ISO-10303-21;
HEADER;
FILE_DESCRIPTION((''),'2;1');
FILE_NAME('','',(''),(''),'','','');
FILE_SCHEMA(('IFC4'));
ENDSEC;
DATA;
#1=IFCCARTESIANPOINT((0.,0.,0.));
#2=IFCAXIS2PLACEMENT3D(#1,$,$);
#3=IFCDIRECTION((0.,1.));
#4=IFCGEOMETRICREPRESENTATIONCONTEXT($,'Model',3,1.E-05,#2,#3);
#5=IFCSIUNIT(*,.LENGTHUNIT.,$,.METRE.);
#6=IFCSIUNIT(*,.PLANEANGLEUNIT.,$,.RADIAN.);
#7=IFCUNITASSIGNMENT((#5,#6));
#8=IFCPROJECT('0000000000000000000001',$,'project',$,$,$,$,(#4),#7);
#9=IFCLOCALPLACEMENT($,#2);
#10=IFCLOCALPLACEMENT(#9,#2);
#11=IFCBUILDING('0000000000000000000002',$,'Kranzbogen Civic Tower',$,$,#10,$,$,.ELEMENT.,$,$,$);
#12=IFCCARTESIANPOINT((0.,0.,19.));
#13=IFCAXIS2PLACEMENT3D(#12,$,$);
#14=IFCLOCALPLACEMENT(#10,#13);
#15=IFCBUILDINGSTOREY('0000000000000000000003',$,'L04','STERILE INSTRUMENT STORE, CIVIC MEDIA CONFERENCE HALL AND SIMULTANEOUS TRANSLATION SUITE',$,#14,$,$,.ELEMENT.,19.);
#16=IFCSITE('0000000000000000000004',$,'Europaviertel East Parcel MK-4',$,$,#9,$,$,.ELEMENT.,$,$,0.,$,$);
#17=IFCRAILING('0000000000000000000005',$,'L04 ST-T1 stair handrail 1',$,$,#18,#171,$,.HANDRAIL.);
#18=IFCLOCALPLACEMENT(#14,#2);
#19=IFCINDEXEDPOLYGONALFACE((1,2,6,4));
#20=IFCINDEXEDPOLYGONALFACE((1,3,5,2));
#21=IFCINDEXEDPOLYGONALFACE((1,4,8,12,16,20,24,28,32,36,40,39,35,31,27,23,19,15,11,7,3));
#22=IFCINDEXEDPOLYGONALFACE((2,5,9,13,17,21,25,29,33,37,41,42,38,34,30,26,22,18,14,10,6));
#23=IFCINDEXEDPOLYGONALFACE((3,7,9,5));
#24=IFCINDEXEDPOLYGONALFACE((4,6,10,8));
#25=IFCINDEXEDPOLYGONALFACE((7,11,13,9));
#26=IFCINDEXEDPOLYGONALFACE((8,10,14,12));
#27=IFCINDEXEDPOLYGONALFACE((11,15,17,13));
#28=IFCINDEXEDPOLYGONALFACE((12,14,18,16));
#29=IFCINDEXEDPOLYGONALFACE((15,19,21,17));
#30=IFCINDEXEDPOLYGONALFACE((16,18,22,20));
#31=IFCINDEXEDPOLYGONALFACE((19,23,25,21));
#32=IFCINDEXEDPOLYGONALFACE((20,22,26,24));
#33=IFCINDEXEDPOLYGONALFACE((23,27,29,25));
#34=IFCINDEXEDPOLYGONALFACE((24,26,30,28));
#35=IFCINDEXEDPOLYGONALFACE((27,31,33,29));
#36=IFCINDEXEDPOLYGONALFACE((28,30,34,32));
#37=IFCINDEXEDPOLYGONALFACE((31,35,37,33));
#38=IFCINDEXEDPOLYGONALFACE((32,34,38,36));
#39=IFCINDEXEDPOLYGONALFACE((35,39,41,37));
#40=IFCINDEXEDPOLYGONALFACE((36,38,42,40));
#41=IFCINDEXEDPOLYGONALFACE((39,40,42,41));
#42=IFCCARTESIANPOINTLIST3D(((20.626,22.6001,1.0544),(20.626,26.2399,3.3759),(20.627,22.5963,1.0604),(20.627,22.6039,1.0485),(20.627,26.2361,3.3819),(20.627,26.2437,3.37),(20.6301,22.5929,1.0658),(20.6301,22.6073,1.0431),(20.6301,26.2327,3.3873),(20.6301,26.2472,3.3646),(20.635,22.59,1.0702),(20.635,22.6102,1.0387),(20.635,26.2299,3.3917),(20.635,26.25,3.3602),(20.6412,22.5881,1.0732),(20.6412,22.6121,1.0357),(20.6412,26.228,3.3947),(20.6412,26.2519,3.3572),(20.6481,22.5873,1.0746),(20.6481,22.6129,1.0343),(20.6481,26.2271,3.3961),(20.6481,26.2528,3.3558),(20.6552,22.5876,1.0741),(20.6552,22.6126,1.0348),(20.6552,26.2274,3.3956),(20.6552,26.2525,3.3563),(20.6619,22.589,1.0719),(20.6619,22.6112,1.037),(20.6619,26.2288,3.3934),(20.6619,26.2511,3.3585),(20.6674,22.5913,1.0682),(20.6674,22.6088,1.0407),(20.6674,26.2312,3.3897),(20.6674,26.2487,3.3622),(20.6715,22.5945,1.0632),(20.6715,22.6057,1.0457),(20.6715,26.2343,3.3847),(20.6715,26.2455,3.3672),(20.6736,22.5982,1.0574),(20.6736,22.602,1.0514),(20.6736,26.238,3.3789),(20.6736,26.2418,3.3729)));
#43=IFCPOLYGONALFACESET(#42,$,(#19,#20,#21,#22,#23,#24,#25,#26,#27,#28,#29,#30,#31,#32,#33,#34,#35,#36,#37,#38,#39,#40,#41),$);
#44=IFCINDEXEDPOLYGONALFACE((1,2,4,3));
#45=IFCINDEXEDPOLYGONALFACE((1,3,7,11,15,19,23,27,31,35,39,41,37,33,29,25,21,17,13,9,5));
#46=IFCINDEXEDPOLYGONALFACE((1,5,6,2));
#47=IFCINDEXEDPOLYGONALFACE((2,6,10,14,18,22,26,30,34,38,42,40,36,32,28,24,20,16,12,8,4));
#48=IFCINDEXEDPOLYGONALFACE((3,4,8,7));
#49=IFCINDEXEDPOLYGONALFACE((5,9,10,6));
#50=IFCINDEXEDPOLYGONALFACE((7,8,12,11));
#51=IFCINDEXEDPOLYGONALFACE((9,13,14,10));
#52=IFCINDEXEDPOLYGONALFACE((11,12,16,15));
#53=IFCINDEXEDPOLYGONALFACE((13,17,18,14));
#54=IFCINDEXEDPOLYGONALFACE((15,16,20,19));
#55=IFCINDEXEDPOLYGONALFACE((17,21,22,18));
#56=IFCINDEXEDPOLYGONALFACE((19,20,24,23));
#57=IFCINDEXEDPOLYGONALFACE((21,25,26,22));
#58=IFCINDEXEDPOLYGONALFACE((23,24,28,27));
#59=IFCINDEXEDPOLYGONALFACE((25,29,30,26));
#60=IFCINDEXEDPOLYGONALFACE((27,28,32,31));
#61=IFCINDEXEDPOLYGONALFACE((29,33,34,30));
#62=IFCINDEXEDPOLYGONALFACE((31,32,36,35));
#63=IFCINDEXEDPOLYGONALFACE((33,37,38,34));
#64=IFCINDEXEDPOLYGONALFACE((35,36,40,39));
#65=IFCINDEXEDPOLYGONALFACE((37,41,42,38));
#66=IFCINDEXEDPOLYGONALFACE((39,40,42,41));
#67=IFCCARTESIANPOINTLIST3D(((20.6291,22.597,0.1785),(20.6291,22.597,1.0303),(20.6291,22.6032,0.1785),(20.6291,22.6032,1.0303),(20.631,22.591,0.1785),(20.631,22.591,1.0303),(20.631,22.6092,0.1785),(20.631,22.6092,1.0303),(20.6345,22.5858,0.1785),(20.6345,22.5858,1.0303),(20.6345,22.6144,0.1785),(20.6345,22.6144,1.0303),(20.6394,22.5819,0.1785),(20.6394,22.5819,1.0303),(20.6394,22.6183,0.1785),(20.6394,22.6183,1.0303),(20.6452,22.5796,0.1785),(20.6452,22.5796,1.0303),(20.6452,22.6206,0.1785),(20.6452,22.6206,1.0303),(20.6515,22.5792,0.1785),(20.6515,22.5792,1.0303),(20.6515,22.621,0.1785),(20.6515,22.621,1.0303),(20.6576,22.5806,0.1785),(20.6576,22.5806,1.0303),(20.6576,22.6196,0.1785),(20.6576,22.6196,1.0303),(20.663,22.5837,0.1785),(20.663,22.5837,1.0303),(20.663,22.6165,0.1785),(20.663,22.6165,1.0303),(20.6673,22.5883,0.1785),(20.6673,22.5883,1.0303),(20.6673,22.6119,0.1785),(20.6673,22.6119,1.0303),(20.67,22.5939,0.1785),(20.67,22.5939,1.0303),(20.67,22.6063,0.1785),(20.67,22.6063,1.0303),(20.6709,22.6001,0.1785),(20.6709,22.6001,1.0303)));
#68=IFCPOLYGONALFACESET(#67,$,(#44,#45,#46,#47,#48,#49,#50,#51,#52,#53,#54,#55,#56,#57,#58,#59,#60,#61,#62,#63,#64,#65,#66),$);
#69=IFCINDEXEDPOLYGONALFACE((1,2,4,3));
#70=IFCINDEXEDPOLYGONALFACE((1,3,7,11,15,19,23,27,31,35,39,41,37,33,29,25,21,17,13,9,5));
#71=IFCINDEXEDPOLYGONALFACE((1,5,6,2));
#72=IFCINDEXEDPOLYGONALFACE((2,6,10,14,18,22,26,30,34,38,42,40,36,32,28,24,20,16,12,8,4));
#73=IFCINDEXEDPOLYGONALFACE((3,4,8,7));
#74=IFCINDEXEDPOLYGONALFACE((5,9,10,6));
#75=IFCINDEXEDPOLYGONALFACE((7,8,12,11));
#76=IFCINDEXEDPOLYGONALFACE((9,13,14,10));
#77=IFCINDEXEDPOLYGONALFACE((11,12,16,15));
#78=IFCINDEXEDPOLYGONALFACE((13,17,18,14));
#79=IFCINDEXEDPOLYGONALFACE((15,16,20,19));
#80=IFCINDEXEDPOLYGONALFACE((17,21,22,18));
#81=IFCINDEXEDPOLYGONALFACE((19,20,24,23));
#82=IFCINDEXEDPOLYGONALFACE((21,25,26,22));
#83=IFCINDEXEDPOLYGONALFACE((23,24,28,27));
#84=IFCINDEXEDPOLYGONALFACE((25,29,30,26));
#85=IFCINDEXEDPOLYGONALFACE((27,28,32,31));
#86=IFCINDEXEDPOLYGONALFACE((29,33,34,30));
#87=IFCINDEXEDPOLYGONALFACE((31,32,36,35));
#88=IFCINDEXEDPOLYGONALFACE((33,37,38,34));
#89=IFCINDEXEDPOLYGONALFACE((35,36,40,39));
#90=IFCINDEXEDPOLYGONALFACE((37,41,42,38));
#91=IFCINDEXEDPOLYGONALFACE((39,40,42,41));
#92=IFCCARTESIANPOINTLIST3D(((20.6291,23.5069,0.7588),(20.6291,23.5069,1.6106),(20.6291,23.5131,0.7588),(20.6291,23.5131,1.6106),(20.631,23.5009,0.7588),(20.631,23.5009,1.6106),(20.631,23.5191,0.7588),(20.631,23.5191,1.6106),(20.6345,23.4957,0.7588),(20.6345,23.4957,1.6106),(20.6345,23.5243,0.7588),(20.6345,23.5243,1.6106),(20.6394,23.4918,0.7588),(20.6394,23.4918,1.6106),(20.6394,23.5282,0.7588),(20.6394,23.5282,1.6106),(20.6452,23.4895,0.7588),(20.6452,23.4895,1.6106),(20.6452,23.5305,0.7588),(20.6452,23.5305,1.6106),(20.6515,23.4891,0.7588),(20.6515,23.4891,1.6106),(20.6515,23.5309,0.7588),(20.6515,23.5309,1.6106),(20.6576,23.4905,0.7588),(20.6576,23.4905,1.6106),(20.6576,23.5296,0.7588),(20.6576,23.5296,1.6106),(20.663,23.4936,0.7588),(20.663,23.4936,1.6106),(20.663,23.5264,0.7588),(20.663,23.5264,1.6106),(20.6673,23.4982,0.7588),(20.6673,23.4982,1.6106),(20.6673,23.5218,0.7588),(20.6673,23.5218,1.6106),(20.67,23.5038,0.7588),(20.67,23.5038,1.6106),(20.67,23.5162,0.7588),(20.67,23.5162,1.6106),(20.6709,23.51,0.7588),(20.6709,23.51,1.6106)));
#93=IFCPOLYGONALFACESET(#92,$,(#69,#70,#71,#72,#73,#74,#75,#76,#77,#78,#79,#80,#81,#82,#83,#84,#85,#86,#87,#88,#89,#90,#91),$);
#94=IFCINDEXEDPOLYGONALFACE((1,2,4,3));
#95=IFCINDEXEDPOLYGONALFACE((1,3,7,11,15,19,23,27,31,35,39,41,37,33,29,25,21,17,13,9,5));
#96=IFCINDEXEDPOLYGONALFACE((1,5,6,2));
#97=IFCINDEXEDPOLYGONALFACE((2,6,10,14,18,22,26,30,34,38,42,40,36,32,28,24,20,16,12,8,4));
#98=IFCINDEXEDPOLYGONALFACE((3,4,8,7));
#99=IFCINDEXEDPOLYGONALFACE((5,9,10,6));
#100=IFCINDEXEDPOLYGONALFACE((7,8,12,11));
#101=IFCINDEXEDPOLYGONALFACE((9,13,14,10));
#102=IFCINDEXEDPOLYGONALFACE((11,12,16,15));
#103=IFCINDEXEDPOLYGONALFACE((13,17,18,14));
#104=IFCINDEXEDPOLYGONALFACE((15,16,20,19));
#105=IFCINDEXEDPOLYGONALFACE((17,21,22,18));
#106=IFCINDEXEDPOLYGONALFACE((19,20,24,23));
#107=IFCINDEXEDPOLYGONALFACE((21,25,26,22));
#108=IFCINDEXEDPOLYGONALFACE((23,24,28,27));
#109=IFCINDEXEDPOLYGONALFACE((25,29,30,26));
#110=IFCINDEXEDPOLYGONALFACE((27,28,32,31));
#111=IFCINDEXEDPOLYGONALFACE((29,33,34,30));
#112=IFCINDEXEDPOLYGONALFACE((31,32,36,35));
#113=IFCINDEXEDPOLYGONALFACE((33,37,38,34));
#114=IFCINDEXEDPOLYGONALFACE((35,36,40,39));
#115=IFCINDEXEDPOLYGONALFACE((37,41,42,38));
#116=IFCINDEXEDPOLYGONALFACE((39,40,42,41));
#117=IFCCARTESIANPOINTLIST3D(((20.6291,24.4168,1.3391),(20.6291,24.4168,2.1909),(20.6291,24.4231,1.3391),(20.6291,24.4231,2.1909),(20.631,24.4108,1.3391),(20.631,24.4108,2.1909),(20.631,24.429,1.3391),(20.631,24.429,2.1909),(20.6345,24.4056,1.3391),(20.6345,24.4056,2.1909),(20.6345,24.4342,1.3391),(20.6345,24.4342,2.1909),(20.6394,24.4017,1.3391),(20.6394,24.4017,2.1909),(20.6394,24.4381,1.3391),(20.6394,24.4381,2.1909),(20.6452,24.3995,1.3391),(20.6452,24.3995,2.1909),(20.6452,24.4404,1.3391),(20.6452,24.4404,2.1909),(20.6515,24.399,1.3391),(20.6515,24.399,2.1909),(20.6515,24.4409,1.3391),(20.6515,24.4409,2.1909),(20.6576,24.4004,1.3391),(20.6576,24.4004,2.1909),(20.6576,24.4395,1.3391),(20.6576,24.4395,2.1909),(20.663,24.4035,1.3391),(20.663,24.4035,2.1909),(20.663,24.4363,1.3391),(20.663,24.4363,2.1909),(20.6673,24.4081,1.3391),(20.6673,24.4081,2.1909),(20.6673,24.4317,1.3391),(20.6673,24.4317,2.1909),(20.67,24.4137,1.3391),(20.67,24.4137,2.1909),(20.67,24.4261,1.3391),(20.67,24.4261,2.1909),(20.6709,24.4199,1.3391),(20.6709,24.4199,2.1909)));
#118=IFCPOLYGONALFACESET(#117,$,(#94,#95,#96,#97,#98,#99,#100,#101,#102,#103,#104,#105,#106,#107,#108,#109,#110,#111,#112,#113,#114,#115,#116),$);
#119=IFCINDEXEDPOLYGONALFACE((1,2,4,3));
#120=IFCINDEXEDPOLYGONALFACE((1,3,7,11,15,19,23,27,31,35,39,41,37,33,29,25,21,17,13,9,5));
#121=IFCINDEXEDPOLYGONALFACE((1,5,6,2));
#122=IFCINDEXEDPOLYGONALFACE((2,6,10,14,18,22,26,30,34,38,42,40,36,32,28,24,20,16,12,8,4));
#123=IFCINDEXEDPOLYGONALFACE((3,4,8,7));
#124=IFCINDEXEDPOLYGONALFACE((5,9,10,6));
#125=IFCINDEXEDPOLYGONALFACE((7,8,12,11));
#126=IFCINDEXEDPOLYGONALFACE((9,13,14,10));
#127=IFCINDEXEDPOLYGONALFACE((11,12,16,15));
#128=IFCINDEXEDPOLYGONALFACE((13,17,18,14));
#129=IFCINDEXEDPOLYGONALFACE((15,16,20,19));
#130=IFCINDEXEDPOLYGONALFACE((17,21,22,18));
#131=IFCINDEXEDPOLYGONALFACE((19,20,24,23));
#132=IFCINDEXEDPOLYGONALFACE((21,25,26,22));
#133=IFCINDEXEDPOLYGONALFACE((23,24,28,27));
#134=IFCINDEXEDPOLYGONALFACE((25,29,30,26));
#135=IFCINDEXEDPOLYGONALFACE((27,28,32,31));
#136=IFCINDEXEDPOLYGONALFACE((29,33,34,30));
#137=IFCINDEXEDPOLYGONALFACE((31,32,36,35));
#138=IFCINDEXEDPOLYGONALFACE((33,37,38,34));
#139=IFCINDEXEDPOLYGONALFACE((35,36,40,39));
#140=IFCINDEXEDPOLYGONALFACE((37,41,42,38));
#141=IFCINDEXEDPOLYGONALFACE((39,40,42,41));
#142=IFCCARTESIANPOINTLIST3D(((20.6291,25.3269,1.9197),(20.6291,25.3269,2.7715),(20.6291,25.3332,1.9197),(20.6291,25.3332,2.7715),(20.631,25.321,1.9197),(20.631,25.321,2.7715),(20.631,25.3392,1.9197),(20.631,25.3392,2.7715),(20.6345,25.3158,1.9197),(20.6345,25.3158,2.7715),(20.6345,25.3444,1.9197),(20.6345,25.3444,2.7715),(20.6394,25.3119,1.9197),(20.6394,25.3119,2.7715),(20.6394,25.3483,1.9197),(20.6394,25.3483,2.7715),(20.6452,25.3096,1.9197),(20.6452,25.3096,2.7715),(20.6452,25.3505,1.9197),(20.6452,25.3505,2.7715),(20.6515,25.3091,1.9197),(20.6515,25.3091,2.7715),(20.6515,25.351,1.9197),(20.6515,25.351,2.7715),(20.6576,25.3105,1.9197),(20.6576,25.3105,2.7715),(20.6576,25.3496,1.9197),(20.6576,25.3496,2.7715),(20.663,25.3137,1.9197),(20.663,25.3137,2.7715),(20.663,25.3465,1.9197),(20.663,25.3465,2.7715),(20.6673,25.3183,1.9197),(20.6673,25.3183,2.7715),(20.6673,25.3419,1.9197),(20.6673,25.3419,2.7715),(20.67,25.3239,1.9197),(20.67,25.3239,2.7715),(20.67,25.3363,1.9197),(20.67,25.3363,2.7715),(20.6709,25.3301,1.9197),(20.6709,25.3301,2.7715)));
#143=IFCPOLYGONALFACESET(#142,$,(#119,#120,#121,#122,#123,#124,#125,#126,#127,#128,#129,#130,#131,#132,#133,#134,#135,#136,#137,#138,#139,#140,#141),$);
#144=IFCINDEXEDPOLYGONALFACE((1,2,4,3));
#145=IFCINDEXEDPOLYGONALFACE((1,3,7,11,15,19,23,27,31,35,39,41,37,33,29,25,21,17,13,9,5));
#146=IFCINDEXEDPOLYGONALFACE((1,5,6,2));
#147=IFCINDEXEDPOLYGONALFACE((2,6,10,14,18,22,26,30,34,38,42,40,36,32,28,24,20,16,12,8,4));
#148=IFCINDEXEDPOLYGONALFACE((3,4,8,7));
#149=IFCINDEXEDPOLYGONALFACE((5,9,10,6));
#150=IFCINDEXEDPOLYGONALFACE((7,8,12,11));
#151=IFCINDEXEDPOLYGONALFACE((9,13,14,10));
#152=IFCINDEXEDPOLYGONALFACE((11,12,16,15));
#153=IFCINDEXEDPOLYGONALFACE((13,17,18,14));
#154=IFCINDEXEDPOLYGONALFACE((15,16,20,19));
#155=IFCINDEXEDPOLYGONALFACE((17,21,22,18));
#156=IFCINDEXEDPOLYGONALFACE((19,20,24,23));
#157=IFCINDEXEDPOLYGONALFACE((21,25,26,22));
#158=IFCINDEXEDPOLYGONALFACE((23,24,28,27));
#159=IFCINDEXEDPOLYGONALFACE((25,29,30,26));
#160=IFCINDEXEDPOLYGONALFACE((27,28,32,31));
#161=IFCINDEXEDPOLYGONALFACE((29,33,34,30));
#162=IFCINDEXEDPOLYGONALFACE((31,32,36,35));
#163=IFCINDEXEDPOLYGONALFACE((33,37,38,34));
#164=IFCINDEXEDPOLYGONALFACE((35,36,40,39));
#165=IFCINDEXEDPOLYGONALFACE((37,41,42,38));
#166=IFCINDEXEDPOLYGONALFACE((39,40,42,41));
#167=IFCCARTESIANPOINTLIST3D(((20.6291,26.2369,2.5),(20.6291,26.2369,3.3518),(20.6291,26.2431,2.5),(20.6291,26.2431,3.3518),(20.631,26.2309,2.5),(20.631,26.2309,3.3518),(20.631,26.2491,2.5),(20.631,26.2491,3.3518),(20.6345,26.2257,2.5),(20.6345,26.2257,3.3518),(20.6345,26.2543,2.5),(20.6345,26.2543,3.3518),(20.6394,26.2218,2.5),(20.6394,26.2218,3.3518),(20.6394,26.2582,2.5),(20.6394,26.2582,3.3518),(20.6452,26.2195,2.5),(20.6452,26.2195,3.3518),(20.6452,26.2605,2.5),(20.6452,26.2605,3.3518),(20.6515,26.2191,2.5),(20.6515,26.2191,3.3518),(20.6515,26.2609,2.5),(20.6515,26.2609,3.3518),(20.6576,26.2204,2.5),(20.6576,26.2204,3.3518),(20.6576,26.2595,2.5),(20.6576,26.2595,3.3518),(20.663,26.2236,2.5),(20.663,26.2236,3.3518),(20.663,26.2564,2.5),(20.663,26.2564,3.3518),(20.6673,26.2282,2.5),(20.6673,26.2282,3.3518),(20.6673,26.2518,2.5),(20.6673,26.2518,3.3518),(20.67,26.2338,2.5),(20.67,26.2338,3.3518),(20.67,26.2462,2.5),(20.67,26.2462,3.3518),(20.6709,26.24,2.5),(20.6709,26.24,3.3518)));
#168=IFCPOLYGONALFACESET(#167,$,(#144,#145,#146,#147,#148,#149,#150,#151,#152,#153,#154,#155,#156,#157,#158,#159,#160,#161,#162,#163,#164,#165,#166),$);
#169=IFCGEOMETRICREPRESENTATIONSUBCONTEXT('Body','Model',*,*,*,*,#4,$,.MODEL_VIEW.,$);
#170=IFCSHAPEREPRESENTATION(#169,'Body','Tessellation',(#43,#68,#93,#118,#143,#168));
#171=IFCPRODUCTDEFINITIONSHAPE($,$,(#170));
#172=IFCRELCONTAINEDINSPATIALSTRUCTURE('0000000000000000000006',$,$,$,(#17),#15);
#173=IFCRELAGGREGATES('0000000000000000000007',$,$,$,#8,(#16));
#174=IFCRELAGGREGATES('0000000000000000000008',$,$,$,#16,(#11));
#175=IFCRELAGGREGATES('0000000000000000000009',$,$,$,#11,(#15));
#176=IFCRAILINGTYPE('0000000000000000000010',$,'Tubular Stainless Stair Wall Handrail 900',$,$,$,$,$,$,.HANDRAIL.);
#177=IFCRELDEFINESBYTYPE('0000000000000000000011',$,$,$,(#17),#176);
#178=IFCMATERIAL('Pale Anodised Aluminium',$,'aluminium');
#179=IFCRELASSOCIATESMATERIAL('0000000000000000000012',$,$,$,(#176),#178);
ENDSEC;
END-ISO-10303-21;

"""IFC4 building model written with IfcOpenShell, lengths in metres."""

from ifc_helpers import new_model, si_unit, direction, frame, origin, origin_2d, place, context, subcontext, project, spatial, circle, extrude, material, type_object, element, save


model = new_model("IFC4")

# Units and contexts
model_context = context("Model", 3, precision=1e-05, world=origin(), true_north=direction((0.0, 1.0)))
body_context = subcontext(model_context, "Body", "Model", "MODEL_VIEW")
ifc_project = project(units=[si_unit("LENGTHUNIT", "METRE"), si_unit("PLANEANGLEUNIT", "RADIAN")], contexts=[model_context])

# Site, building, storey
site_placement = place(None, origin())
site = spatial("IfcSite", under=ifc_project, at=site_placement, Name="Europaviertel East Parcel MK-4", CompositionType="ELEMENT", RefElevation=0.0)
building_placement = place(site_placement, origin())
building = spatial("IfcBuilding", under=site, at=building_placement, Name="Kranzbogen Civic Tower", CompositionType="ELEMENT")
storey_placement = place(building_placement, frame((0.0, 0.0, 19.0)))
storey = spatial("IfcBuildingStorey", under=building, at=storey_placement, Name="L04", Description="STERILE INSTRUMENT STORE, CIVIC MEDIA CONFERENCE HALL AND SIMULTANEOUS TRANSLATION SUITE", CompositionType="ELEMENT", Elevation=19.0)

# Shared definitions
ifc_material_1 = material(Name="Pale Anodised Aluminium", Category="aluminium")

# Railing
railing_type_1 = type_object("IfcRailingType", Name="Tubular Stainless Stair Wall Handrail 900", PredefinedType="HANDRAIL", material=ifc_material_1)
railing_1_placement = place(storey_placement, frame((20.6499, 22.6001, 0.1785)))
element("IfcRailing", 1, at=railing_1_placement, inside=storey, type_object=railing_type_1, Name="L04 ST-T1 stair handrail 1", PredefinedType="HANDRAIL", context=body_context, shape_type="SweptSolid", body=[
    extrude(circle(Radius=0.0239, at=origin_2d()), frame((0.0, 0.0, 0.876), z_axis=(0.0, 0.843112, 0.537739), x_axis=(-1.0, 0.0, 0.0)), (0.0, 0.0, 1.0), 4.3171),
    extrude(circle(Radius=0.021, at=origin_2d()), origin(), (0.0, 0.0, 1.0), 0.8518),
    extrude(circle(Radius=0.021, at=origin_2d()), frame((0.0, 0.9099, 0.5803)), (0.0, 0.0, 1.0), 0.8518),
    extrude(circle(Radius=0.021, at=origin_2d()), frame((0.0, 1.8198, 1.1606)), (0.0, 0.0, 1.0), 0.8518),
    extrude(circle(Radius=0.021, at=origin_2d()), frame((0.0, 2.73, 1.7412)), (0.0, 0.0, 1.0), 0.8518),
    extrude(circle(Radius=0.021, at=origin_2d()), frame((0.0, 3.6399, 2.3215)), (0.0, 0.0, 1.0), 0.8518),
])

save(model, "model.ifc")
